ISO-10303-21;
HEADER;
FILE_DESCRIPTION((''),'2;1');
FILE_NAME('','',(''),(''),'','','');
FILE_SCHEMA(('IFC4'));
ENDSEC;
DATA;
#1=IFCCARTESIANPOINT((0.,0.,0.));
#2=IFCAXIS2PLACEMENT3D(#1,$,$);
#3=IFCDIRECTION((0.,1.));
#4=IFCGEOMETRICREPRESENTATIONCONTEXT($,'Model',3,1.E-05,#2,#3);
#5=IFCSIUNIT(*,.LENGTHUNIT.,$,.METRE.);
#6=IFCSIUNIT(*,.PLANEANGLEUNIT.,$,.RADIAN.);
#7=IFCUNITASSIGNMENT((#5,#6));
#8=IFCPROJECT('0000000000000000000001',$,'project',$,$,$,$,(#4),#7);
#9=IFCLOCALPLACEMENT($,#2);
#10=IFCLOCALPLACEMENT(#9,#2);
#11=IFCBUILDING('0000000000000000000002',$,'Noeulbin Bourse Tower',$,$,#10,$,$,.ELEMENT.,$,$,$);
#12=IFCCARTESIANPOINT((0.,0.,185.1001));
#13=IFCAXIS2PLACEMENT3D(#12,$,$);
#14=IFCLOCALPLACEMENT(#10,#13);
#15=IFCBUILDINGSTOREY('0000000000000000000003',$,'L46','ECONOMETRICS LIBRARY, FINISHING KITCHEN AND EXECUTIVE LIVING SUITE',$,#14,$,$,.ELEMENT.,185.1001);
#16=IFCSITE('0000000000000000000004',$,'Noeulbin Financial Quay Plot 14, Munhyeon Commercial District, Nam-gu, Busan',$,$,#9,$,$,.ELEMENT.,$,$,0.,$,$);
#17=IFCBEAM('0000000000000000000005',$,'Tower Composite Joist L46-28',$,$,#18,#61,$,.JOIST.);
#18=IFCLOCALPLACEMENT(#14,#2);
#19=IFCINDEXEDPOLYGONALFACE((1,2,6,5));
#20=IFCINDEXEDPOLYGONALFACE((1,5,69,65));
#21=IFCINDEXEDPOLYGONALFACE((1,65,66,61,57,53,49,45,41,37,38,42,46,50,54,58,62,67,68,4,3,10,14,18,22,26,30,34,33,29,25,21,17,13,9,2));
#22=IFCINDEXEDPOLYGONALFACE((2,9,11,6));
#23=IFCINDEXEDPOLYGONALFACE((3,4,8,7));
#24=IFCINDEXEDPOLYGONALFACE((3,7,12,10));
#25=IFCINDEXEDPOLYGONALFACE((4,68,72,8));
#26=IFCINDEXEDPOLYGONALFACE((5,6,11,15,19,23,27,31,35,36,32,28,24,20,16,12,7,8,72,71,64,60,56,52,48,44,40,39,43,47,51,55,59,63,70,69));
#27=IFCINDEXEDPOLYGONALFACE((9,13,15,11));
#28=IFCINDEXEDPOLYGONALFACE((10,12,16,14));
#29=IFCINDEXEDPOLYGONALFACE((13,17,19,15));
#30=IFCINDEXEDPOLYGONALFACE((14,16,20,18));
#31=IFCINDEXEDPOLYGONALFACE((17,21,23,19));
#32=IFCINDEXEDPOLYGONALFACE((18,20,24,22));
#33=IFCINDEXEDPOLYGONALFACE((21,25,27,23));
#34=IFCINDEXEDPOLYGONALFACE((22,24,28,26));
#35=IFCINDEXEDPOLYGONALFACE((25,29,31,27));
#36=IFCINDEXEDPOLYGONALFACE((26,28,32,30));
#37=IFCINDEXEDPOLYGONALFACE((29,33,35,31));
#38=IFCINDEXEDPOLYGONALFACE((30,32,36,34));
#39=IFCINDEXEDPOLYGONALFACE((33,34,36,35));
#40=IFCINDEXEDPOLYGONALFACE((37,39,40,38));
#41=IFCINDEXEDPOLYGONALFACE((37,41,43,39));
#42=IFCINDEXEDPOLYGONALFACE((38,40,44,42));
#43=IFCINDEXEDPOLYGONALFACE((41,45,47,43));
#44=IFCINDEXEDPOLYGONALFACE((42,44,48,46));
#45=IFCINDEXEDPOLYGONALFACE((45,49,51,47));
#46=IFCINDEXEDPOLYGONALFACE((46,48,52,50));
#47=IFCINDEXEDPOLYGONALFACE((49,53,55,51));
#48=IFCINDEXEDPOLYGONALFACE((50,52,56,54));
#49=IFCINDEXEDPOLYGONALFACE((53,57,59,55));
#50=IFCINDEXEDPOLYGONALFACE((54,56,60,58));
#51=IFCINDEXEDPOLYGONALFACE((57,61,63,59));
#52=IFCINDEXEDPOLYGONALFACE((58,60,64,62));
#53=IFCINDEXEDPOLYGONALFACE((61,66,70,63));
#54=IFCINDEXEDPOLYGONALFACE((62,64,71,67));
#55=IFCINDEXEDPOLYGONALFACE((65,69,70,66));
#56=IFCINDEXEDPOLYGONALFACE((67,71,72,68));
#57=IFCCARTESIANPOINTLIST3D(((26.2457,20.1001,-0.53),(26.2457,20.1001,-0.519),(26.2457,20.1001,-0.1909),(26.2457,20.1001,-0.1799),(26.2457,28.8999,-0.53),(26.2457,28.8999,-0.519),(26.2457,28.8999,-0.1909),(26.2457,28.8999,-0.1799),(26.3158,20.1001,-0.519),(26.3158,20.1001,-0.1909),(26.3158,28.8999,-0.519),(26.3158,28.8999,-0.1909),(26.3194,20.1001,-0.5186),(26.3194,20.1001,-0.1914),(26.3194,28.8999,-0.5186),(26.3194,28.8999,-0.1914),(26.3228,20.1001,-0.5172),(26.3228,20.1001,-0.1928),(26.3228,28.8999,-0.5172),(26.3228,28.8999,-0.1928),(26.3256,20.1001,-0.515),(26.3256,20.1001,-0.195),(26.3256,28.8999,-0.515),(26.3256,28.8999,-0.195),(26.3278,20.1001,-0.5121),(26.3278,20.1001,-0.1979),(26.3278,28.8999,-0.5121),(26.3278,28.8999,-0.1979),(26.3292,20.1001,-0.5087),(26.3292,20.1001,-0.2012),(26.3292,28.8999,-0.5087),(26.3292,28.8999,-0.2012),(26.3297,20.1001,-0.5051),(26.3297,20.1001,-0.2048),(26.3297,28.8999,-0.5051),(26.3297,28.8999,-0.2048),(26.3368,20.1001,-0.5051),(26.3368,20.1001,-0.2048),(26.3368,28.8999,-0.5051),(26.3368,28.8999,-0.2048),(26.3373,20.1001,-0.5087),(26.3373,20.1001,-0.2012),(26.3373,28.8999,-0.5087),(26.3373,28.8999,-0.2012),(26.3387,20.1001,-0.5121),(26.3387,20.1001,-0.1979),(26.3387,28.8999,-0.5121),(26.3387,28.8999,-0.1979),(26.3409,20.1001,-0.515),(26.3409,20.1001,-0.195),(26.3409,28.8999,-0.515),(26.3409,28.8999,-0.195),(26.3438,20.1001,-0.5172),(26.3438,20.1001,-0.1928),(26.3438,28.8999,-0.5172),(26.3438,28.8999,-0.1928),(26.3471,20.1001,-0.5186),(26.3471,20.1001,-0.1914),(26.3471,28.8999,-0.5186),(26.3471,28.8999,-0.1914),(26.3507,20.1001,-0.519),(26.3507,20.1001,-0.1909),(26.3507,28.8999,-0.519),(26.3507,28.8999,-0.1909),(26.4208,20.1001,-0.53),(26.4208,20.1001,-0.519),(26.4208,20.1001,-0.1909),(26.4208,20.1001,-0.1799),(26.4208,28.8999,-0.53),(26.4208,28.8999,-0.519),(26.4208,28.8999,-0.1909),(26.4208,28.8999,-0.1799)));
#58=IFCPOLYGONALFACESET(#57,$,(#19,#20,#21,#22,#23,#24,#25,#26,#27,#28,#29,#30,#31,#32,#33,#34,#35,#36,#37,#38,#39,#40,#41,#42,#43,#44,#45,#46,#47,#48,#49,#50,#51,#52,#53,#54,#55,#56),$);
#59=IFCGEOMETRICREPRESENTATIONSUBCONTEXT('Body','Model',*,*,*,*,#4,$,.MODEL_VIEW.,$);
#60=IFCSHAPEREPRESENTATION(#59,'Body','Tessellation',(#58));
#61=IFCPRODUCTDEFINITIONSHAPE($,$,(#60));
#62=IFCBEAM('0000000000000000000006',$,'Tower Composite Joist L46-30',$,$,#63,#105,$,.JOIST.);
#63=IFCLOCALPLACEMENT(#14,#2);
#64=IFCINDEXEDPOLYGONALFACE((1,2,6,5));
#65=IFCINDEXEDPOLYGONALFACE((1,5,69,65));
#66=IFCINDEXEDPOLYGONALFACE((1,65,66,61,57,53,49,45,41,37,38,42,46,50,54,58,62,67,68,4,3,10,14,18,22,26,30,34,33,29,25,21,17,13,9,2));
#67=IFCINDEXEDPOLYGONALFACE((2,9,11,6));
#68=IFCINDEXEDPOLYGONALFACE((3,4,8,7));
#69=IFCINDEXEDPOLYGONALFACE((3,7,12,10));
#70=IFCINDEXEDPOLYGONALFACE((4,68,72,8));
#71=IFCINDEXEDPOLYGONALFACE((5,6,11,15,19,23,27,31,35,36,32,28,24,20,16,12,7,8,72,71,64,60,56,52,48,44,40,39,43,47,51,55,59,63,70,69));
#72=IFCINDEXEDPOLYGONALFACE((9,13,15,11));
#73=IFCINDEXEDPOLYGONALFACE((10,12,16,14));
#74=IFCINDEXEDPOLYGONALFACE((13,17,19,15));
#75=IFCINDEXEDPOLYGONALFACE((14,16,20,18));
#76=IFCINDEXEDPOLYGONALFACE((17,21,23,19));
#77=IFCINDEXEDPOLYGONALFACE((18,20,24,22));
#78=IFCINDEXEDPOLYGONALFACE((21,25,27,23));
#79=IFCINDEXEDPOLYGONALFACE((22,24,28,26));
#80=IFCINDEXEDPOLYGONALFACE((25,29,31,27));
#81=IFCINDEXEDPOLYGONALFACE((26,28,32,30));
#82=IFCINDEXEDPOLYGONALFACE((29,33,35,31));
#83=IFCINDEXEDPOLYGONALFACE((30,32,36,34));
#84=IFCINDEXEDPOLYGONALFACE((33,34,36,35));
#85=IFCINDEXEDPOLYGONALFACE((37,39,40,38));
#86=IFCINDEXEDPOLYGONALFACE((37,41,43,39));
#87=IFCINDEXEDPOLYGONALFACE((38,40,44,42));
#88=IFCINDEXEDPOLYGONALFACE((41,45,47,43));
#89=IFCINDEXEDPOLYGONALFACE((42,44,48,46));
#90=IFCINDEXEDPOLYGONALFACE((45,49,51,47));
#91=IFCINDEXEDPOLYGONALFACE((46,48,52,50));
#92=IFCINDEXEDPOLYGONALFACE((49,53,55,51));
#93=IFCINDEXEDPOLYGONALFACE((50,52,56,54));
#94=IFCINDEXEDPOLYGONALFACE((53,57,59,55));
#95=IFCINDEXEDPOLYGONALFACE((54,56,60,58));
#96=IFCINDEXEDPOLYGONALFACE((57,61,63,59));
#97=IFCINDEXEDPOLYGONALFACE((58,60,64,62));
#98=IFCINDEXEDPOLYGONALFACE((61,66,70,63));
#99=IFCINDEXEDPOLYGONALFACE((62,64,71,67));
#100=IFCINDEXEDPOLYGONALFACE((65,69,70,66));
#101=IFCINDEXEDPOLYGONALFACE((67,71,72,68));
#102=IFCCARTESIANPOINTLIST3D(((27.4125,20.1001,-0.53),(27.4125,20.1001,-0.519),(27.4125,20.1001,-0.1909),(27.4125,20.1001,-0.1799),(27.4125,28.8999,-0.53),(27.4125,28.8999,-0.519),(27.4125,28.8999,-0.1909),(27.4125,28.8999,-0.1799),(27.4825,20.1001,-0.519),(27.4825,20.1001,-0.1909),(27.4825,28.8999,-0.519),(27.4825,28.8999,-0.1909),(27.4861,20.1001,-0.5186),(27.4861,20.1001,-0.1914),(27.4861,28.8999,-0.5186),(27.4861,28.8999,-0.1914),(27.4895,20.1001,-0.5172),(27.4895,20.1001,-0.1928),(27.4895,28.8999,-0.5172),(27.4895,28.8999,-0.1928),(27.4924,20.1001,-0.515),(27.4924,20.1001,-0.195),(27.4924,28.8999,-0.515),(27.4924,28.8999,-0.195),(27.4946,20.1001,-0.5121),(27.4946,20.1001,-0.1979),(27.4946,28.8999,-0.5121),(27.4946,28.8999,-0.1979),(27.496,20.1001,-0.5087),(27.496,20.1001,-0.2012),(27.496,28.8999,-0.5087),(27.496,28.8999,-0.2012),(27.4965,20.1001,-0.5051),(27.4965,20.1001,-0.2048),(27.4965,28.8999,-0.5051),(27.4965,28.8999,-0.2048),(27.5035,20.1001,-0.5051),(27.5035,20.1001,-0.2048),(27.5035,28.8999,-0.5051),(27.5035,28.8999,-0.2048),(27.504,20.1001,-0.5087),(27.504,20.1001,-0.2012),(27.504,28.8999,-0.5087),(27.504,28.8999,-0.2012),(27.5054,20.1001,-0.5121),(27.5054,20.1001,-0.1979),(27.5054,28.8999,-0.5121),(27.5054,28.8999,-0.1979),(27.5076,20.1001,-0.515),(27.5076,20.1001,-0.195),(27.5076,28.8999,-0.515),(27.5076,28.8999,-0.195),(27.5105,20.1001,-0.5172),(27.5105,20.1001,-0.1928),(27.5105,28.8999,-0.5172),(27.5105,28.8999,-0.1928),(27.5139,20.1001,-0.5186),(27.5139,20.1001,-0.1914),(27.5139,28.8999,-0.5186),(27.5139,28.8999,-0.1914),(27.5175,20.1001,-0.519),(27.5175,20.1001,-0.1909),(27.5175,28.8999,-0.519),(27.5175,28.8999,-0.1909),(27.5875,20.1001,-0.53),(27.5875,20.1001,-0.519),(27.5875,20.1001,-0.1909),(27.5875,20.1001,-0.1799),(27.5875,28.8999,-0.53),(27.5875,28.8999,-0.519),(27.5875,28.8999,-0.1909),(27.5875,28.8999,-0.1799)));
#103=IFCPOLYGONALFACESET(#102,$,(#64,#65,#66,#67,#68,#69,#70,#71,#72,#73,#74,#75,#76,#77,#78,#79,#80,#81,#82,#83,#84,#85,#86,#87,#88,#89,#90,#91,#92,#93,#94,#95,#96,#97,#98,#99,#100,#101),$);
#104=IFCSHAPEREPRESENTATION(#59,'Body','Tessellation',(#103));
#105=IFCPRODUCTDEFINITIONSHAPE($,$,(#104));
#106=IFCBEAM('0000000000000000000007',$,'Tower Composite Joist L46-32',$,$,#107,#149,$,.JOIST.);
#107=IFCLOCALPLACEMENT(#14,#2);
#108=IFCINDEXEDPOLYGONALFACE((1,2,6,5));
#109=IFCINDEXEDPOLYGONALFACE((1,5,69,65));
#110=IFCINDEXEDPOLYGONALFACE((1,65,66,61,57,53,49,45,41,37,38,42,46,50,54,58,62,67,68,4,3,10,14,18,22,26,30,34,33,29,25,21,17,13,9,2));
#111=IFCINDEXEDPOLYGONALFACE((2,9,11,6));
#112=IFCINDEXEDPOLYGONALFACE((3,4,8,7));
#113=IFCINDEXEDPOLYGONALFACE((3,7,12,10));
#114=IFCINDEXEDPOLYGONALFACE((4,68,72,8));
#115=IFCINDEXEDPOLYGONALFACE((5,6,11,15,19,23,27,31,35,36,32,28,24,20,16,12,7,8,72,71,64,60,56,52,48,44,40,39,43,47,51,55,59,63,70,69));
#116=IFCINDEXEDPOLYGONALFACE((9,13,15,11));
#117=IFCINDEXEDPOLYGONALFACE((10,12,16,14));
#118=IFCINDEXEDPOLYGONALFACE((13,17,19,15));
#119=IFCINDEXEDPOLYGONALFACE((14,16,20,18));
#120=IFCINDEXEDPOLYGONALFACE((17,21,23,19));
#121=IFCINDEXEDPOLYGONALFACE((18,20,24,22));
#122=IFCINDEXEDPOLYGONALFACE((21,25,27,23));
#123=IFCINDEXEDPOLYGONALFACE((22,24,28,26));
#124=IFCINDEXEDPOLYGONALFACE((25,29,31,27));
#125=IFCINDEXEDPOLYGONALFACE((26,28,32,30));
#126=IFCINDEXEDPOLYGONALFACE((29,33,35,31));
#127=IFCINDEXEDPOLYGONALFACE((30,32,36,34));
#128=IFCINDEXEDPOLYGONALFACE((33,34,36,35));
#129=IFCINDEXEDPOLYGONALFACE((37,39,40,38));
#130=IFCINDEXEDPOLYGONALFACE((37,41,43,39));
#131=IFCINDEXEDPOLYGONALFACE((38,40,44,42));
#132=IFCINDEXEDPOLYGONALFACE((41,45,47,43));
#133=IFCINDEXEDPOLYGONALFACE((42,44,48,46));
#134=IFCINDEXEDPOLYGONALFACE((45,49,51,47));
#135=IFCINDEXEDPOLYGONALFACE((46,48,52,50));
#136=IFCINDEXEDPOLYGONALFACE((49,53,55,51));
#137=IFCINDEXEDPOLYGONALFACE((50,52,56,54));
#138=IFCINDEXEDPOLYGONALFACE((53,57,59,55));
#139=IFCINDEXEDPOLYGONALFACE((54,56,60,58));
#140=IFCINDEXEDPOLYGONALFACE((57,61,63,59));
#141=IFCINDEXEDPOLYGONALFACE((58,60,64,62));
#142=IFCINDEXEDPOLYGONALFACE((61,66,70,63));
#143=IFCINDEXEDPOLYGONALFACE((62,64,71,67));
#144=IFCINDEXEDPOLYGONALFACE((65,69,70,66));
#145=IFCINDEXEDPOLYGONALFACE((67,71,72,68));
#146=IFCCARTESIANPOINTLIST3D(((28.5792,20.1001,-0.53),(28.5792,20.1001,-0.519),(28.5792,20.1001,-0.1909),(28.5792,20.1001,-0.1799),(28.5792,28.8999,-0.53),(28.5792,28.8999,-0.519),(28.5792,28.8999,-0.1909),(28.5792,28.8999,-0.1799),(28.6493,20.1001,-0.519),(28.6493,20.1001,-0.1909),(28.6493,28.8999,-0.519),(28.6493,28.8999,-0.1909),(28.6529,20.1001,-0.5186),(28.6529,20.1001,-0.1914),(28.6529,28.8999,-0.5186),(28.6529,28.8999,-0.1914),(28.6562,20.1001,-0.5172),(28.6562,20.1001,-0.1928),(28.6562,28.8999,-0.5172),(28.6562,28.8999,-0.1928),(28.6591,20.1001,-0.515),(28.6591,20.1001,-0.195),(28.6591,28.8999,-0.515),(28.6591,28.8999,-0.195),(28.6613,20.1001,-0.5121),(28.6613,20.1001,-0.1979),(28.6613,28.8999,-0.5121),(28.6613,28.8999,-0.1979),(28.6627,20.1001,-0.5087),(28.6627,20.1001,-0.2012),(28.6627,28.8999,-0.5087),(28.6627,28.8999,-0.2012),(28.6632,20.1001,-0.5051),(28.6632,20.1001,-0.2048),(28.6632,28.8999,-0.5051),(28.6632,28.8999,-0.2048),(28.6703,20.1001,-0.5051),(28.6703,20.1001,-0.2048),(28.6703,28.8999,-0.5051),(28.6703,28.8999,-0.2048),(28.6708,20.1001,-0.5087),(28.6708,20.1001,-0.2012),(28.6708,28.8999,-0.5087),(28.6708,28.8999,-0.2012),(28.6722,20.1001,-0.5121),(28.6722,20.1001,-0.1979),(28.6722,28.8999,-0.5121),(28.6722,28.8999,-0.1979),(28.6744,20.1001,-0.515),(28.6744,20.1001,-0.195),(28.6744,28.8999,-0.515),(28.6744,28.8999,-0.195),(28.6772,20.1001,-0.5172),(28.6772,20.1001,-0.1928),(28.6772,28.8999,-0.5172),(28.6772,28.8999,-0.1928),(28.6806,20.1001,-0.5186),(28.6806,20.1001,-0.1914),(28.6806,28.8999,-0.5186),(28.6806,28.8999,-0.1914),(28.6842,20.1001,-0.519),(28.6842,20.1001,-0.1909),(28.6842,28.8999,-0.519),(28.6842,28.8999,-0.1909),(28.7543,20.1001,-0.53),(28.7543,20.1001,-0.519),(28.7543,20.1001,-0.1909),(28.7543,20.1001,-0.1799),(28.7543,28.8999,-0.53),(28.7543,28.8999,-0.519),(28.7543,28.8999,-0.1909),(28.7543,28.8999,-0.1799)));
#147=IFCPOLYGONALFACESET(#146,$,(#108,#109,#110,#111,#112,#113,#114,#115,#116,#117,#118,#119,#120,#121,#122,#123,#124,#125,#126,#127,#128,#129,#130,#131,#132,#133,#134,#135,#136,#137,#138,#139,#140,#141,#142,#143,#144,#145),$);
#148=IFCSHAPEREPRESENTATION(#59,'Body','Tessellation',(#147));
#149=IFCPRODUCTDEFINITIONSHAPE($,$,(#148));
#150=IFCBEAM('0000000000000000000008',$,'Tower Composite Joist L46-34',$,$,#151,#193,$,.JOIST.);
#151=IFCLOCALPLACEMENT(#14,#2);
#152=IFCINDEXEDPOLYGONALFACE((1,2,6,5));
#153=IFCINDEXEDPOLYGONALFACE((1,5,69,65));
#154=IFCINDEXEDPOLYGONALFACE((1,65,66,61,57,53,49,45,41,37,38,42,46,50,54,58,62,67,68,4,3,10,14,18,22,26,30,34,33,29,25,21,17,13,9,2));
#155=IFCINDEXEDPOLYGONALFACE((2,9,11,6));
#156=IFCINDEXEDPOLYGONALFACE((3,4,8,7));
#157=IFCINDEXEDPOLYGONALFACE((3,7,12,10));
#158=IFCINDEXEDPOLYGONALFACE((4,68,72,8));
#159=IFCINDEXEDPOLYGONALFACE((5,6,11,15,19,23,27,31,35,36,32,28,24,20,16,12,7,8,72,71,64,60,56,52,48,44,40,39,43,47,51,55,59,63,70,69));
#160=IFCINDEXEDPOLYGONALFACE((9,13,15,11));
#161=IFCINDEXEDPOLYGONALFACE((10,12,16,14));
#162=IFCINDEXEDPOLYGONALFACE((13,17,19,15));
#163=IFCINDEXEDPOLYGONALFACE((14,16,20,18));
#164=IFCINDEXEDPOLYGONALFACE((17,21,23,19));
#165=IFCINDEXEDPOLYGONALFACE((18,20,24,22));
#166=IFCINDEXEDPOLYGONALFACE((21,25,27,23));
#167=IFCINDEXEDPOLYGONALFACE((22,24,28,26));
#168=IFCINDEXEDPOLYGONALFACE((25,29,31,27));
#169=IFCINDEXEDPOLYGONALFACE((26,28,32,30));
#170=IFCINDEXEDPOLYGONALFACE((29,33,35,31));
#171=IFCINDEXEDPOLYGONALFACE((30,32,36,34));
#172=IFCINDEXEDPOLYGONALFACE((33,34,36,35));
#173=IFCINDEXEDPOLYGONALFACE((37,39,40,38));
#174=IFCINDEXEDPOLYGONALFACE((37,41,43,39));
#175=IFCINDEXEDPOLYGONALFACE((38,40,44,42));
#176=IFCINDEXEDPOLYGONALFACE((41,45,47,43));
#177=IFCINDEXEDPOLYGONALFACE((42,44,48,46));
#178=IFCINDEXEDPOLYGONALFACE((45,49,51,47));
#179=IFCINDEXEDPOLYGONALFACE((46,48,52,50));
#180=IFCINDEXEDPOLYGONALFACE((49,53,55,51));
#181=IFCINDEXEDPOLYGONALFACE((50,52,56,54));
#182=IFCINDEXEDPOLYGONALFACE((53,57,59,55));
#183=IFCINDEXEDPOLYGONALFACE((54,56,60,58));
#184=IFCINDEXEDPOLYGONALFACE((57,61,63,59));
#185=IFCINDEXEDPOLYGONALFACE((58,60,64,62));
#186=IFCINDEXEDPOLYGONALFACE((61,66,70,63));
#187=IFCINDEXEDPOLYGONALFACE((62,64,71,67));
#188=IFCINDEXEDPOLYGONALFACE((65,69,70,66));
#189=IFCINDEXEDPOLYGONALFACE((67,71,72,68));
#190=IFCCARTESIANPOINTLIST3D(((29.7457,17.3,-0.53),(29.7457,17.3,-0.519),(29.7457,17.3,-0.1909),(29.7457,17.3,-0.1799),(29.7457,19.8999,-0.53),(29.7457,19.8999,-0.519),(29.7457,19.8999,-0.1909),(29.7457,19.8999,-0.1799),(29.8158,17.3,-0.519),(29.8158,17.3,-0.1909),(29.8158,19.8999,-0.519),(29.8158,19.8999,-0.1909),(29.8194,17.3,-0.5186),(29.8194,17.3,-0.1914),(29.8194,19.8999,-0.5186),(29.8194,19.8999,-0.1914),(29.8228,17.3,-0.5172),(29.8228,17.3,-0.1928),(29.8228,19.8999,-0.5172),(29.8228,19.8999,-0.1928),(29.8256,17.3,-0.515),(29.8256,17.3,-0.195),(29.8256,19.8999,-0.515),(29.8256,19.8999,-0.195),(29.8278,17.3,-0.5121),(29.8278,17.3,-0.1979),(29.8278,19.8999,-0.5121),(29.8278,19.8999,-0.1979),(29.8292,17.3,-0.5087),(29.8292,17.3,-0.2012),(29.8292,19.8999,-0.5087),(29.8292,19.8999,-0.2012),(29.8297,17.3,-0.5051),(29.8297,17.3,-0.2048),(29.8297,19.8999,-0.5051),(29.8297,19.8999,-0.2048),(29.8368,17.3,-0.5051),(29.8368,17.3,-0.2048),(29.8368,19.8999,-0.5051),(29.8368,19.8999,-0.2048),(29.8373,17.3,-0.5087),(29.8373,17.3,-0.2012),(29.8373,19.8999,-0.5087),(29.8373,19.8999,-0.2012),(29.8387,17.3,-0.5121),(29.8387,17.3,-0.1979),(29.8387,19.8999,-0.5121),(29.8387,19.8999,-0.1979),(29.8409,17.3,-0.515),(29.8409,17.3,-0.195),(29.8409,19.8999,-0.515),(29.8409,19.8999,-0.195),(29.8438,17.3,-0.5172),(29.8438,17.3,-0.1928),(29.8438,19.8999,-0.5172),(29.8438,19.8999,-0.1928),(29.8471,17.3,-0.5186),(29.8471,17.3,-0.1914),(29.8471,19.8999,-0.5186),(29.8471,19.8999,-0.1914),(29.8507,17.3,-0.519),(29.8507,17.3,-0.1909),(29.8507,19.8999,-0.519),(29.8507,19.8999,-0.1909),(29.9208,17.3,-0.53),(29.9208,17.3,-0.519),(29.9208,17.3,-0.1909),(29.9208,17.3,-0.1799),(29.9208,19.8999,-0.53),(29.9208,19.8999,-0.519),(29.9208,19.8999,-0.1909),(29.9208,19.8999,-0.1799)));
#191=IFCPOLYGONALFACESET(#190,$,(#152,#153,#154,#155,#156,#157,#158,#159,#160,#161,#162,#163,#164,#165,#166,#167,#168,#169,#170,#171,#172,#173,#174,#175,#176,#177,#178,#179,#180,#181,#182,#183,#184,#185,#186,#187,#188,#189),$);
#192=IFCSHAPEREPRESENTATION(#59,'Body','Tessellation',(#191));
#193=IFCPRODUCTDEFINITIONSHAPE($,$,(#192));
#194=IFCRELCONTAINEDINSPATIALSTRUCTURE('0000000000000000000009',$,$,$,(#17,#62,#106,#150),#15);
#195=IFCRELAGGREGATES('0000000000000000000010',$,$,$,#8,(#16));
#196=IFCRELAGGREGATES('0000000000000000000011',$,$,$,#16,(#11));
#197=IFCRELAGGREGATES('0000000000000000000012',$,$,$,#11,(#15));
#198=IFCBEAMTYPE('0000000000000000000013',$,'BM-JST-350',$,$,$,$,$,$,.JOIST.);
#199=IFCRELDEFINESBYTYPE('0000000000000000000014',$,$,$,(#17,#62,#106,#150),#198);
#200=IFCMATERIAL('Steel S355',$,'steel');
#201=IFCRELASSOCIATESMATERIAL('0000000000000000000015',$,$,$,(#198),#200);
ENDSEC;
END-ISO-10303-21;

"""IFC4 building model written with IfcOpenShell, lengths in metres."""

from ifc_helpers import new_model, si_unit, direction, frame, origin, origin_2d, place, context, subcontext, project, spatial, i_section, extrude, material, material_profile, profile_set, type_object, element, save


model = new_model("IFC4")

# Units and contexts
model_context = context("Model", 3, precision=1e-05, world=origin(), true_north=direction((0.0, 1.0)))
body_context = subcontext(model_context, "Body", "Model", "MODEL_VIEW")
ifc_project = project(units=[si_unit("LENGTHUNIT", "METRE"), si_unit("PLANEANGLEUNIT", "RADIAN")], contexts=[model_context])

# Site, building, storey
site_placement = place(None, origin())
site = spatial("IfcSite", under=ifc_project, at=site_placement, Name="Noeulbin Financial Quay Plot 14, Munhyeon Commercial District, Nam-gu, Busan", CompositionType="ELEMENT", RefElevation=0.0)
building_placement = place(site_placement, origin())
building = spatial("IfcBuilding", under=site, at=building_placement, Name="Noeulbin Bourse Tower", CompositionType="ELEMENT")
storey_placement = place(building_placement, frame((0.0, 0.0, 185.1001)))
storey = spatial("IfcBuildingStorey", under=building, at=storey_placement, Name="L46", Description="ECONOMETRICS LIBRARY, FINISHING KITCHEN AND EXECUTIVE LIVING SUITE", CompositionType="ELEMENT", Elevation=185.1001)

# Beams
ifc_material_1 = material(Name="Steel S355", Category="steel")
ifc_material_profile_1 = material_profile(ifc_material_1, i_section(OverallWidth=0.175, OverallDepth=0.3501, WebThickness=0.0071, FlangeThickness=0.011, FilletRadius=0.0139, at=origin_2d()), Name="H-350x175x7x11", Category="LoadBearing")
ifc_profile_set_1 = profile_set([ifc_material_profile_1], Name="Steel S355")
beam_type_1 = type_object("IfcBeamType", Name="BM-JST-350", PredefinedType="JOIST", material=ifc_profile_set_1)
for number, where, z_axis, x_axis, name in (
    (1, (26.3333, 20.1001, -0.355), (0.0, 1.0, 0.0), (-1.0, 0.0, 0.0), "Tower Composite Joist L46-28"),
    (2, (27.5, 20.1001, -0.355), (0.0, 1.0, 0.0), (-1.0, 0.0, 0.0), "Tower Composite Joist L46-30"),
    (3, (28.6667, 20.1001, -0.355), (0.0, 1.0, 0.0), (-1.0, 0.0, 0.0), "Tower Composite Joist L46-32"),
):
    element("IfcBeam", number, at=place(storey_placement, frame(where, z_axis=z_axis, x_axis=x_axis)), inside=storey, type_object=beam_type_1, Name=name, PredefinedType="JOIST", context=body_context, shape_type="SweptSolid", body=[
        extrude(i_section(OverallWidth=0.175, OverallDepth=0.3501, WebThickness=0.0071, FlangeThickness=0.011, FilletRadius=0.0139, at=origin_2d()), origin(), (0.0, 0.0, 1.0), 8.7998),
    ])
beam_1_placement = place(storey_placement, frame((29.8333, 17.3, -0.355), z_axis=(0.0, 1.0, 0.0), x_axis=(-1.0, 0.0, 0.0)))
element("IfcBeam", 4, at=beam_1_placement, inside=storey, type_object=beam_type_1, Name="Tower Composite Joist L46-34", PredefinedType="JOIST", context=body_context, shape_type="SweptSolid", body=[
    extrude(i_section(OverallWidth=0.175, OverallDepth=0.3501, WebThickness=0.0071, FlangeThickness=0.011, FilletRadius=0.0139, at=origin_2d()), origin(), (0.0, 0.0, 1.0), 2.5999),
])

save(model, "model.ifc")
